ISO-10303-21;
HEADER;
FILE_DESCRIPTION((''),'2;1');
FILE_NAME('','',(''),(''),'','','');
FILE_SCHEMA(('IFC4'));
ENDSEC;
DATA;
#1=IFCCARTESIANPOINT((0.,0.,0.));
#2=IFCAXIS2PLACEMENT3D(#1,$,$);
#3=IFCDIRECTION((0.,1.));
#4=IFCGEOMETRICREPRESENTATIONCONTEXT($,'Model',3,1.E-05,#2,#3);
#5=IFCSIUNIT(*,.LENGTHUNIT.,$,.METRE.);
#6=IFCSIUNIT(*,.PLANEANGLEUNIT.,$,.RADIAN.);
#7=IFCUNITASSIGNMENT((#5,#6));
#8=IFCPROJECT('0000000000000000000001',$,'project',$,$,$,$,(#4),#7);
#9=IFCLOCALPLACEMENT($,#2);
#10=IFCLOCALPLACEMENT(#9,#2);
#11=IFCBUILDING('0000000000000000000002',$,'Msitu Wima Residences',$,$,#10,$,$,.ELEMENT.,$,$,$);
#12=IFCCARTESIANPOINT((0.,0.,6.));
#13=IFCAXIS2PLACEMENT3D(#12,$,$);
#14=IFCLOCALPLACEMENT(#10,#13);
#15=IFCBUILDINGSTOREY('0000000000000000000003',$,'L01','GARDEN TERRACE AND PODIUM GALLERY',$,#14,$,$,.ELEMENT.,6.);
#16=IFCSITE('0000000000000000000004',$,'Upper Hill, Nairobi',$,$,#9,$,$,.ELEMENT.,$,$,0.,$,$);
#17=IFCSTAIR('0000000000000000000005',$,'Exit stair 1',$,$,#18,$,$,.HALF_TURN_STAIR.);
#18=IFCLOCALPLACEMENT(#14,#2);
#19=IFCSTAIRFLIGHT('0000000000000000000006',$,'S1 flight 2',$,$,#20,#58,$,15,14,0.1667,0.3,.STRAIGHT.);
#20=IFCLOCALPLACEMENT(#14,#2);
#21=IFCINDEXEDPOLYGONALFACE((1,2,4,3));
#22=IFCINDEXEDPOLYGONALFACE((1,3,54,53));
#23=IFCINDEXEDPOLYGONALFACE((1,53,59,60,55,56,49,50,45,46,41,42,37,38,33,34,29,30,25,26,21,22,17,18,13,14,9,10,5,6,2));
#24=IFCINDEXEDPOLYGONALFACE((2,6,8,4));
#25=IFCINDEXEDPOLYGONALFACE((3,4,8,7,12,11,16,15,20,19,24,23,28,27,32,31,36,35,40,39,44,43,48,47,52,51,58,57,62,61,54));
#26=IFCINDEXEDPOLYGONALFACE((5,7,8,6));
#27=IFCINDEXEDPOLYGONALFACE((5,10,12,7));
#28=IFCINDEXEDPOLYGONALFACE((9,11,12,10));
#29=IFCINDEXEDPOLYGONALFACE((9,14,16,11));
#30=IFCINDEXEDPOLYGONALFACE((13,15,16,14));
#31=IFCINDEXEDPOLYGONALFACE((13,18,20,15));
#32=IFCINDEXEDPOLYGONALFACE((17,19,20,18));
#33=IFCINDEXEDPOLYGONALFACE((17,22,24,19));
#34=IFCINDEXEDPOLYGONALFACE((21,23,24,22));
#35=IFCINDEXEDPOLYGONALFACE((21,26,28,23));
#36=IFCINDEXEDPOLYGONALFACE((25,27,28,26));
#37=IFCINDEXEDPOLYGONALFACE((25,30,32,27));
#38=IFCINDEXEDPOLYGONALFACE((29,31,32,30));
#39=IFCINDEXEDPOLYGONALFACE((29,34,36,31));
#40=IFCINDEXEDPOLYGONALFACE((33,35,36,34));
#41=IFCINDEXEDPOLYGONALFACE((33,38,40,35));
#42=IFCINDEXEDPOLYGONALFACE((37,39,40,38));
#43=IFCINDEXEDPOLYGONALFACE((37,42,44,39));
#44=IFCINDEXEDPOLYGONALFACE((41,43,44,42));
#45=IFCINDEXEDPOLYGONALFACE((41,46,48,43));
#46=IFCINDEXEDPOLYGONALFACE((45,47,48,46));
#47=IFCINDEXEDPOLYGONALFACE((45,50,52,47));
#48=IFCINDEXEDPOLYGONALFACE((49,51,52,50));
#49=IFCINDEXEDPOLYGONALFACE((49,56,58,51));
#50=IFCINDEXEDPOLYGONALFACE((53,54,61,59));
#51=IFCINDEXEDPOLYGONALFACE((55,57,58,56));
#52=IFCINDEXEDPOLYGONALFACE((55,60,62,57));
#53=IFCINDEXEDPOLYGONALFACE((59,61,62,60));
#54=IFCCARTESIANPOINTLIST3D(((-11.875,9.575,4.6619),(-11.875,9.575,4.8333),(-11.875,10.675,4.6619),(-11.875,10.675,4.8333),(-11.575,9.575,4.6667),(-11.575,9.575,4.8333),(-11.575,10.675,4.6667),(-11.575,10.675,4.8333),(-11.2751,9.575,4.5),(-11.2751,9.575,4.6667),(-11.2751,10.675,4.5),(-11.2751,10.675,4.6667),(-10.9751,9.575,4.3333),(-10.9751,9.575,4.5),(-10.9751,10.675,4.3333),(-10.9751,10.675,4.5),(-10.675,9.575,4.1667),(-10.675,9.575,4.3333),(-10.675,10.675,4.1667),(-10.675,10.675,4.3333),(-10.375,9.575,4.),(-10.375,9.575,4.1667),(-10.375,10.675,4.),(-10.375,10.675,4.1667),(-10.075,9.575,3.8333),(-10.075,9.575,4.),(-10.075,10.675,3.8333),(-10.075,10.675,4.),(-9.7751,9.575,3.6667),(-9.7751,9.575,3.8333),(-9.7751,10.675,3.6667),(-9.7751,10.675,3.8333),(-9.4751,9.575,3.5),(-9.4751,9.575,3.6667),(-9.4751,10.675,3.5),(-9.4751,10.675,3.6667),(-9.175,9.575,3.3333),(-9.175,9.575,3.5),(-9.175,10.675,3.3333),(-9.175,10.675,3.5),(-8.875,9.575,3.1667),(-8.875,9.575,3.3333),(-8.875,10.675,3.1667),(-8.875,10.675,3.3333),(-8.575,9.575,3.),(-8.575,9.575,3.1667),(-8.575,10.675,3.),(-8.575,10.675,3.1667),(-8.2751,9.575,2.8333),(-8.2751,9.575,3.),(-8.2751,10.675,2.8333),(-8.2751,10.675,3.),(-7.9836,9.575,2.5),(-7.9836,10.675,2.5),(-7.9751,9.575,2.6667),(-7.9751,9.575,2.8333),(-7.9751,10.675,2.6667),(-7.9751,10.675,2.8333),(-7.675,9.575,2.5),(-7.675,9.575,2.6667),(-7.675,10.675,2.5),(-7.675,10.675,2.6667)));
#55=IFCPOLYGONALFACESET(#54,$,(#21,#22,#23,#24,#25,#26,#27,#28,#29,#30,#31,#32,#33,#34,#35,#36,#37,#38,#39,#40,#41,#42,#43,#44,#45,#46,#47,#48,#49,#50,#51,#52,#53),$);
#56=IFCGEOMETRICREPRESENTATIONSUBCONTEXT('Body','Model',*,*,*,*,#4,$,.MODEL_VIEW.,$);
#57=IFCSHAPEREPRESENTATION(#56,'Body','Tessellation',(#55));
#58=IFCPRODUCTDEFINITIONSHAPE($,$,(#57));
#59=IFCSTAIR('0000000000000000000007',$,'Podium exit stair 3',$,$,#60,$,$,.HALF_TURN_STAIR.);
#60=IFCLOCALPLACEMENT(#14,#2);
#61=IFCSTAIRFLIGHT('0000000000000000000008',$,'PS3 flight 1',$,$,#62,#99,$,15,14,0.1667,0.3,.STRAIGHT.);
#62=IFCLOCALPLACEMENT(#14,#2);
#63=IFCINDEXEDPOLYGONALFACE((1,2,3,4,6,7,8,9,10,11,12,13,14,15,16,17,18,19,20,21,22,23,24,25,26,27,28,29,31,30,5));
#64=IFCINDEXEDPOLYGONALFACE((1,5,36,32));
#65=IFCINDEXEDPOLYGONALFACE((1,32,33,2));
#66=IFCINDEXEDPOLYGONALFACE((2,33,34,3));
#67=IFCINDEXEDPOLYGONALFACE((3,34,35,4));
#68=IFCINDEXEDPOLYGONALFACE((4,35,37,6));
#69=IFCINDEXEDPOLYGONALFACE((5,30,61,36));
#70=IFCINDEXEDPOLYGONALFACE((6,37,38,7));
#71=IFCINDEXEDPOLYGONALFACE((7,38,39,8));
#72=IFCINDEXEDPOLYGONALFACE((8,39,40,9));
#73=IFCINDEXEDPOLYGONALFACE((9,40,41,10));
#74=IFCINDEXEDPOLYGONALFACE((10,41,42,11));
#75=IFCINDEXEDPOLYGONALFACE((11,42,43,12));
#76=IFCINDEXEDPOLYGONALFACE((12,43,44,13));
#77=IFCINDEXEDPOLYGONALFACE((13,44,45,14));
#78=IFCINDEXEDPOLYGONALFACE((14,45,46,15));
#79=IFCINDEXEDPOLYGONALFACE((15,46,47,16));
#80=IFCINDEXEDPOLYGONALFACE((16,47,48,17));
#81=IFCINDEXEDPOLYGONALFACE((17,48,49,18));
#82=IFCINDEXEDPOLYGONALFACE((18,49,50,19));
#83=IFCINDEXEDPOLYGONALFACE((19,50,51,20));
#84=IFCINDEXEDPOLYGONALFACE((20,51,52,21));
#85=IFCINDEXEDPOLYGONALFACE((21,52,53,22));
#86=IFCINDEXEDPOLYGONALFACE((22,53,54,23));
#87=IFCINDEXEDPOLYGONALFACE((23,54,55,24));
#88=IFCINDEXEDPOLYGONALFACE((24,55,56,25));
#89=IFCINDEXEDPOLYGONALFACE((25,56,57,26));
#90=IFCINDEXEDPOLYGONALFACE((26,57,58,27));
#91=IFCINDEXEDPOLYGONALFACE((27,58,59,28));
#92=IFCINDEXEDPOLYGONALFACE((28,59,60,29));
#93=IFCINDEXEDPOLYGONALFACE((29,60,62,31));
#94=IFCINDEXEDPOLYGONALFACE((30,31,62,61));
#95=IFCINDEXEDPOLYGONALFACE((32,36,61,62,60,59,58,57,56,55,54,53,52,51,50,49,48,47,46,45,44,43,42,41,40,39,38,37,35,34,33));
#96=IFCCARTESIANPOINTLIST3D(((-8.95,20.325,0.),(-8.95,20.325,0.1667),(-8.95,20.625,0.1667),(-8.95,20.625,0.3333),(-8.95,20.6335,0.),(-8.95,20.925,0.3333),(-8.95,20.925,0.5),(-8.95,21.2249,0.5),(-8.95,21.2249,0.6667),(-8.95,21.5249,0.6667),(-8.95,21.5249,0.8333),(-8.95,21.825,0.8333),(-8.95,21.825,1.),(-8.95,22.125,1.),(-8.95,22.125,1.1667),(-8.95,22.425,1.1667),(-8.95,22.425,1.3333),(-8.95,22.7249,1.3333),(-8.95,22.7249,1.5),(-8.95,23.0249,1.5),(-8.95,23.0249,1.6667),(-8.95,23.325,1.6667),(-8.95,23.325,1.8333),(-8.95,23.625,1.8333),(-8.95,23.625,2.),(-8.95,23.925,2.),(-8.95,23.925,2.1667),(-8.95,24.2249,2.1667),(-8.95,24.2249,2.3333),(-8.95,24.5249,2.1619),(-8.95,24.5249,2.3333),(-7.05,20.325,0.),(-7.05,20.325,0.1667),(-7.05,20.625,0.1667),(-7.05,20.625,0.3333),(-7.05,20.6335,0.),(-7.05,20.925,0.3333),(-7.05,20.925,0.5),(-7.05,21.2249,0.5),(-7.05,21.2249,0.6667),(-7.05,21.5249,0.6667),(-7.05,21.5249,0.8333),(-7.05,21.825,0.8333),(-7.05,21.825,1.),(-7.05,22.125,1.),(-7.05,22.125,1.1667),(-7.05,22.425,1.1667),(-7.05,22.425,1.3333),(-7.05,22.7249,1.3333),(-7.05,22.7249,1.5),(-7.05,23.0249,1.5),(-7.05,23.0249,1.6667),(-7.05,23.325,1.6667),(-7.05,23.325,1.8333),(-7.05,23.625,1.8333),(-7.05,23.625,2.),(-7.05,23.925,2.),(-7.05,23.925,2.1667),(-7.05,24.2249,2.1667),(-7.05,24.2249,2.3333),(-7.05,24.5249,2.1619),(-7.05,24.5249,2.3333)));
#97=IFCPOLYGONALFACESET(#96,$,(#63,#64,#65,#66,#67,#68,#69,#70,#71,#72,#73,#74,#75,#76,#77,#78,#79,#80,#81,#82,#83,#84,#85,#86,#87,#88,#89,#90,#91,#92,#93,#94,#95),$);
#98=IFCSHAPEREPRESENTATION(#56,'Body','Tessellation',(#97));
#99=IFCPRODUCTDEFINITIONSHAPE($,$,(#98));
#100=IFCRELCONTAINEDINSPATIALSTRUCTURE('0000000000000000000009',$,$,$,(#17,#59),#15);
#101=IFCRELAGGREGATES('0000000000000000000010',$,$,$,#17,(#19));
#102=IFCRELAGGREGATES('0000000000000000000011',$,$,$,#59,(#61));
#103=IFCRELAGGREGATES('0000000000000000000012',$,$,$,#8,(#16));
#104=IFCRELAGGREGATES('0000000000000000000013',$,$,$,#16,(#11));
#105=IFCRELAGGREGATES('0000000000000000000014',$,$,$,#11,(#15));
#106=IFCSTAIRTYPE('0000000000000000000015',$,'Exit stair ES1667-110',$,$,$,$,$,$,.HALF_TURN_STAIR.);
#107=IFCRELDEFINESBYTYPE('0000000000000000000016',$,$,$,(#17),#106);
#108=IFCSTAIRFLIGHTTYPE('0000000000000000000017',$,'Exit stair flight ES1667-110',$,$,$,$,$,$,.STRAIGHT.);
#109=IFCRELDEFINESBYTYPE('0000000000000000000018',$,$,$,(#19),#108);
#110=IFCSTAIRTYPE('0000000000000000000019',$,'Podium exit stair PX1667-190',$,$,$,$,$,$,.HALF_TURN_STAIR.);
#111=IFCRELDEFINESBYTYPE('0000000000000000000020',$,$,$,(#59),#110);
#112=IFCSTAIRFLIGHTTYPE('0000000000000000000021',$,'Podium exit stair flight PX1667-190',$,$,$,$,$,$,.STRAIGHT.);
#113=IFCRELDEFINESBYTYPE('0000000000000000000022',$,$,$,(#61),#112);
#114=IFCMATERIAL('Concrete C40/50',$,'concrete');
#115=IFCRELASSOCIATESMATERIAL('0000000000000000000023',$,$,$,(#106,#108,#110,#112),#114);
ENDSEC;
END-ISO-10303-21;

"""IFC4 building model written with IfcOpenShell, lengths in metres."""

from ifc_helpers import new_model, si_unit, direction, frame, origin, place, context, subcontext, project, spatial, polyline, outline, extrude, material, type_object, element, aggregate, save


model = new_model("IFC4")

# Units and contexts
model_context = context("Model", 3, precision=1e-05, world=origin(), true_north=direction((0.0, 1.0)))
body_context = subcontext(model_context, "Body", "Model", "MODEL_VIEW")
ifc_project = project(units=[si_unit("LENGTHUNIT", "METRE"), si_unit("PLANEANGLEUNIT", "RADIAN")], contexts=[model_context])

# Site, building, storey
site_placement = place(None, origin())
site = spatial("IfcSite", under=ifc_project, at=site_placement, Name="Upper Hill, Nairobi", CompositionType="ELEMENT", RefElevation=0.0)
building_placement = place(site_placement, origin())
building = spatial("IfcBuilding", under=site, at=building_placement, Name="Msitu Wima Residences", CompositionType="ELEMENT")
storey_placement = place(building_placement, frame((0.0, 0.0, 6.0)))
storey = spatial("IfcBuildingStorey", under=building, at=storey_placement, Name="L01", Description="GARDEN TERRACE AND PODIUM GALLERY", CompositionType="ELEMENT", Elevation=6.0)

# Shared definitions
ifc_material_1 = material(Name="Concrete C40/50", Category="concrete")

# Stairs, stair flights
stair_type_1 = type_object("IfcStairType", Name="Exit stair ES1667-110", PredefinedType="HALF_TURN_STAIR", material=ifc_material_1)
stair_1_placement = place(storey_placement, origin())
stair_1 = element("IfcStair", 1, at=stair_1_placement, inside=storey, type_object=stair_type_1, Name="Exit stair 1", PredefinedType="HALF_TURN_STAIR")
stair_flight_type_1 = type_object("IfcStairFlightType", Name="Exit stair flight ES1667-110", PredefinedType="STRAIGHT", material=ifc_material_1)
stair_flight_1_placement = place(storey_placement, frame((-7.675, 10.125, 2.5), z_axis=(0.0, 0.0, 1.0), x_axis=(-1.0, 0.0, 0.0)))
stair_flight_1 = element("IfcStairFlight", 2, at=stair_flight_1_placement, type_object=stair_flight_type_1, Name="S1 flight 2", NumberOfRisers=15, NumberOfTreads=14, PredefinedType="STRAIGHT", RiserHeight=0.1667, TreadLength=0.3, context=body_context, shape_type="SweptSolid", body=[
    extrude(outline(polyline([(0.0, 0.0), (0.0, 0.1667), (0.3, 0.1667), (0.3, 0.3333), (0.6001, 0.3333), (0.6001, 0.5), (0.8999, 0.5), (0.8999, 0.6667), (1.2, 0.6667), (1.2, 0.8333), (1.5, 0.8333), (1.5, 1.0), (1.8, 1.0), (1.8, 1.1667), (2.1001, 1.1667), (2.1001, 1.3333), (2.3999, 1.3333), (2.3999, 1.5), (2.7, 1.5), (2.7, 1.6667), (3.0, 1.6667), (3.0, 1.8333), (3.3, 1.8333), (3.3, 2.0), (3.6001, 2.0), (3.6001, 2.1667), (3.8999, 2.1667), (3.8999, 2.3333), (4.2, 2.3333), (4.2, 2.5), (4.2, 2.1619), (0.3086, 0.0), (0.0, 0.0)])), frame((0.0, 0.55, 0.0), z_axis=(0.0, -1.0, 0.0), x_axis=(1.0, 0.0, 0.0)), (0.0, 0.0, 1.0), 1.1001),
])
aggregate(stair_1, [stair_flight_1])
stair_type_2 = type_object("IfcStairType", Name="Podium exit stair PX1667-190", PredefinedType="HALF_TURN_STAIR", material=ifc_material_1)
stair_2_placement = place(storey_placement, origin())
stair_2 = element("IfcStair", 3, at=stair_2_placement, inside=storey, type_object=stair_type_2, Name="Podium exit stair 3", PredefinedType="HALF_TURN_STAIR")
stair_flight_type_2 = type_object("IfcStairFlightType", Name="Podium exit stair flight PX1667-190", PredefinedType="STRAIGHT", material=ifc_material_1)
stair_flight_2_placement = place(storey_placement, frame((-8.0, 20.325, 0.0), z_axis=(0.0, 0.0, 1.0), x_axis=(0.0, 1.0, 0.0)))
stair_flight_2 = element("IfcStairFlight", 4, at=stair_flight_2_placement, type_object=stair_flight_type_2, Name="PS3 flight 1", NumberOfRisers=15, NumberOfTreads=14, PredefinedType="STRAIGHT", RiserHeight=0.1667, TreadLength=0.3, context=body_context, shape_type="SweptSolid", body=[
    extrude(outline(polyline([(0.0, 0.0), (0.0, 0.1667), (0.3, 0.1667), (0.3, 0.3333), (0.6001, 0.3333), (0.6001, 0.5), (0.8999, 0.5), (0.8999, 0.6667), (1.2, 0.6667), (1.2, 0.8333), (1.5, 0.8333), (1.5, 1.0), (1.8, 1.0), (1.8, 1.1667), (2.1001, 1.1667), (2.1001, 1.3333), (2.3999, 1.3333), (2.3999, 1.5), (2.7, 1.5), (2.7, 1.6667), (3.0, 1.6667), (3.0, 1.8333), (3.3, 1.8333), (3.3, 2.0), (3.6001, 2.0), (3.6001, 2.1667), (3.8999, 2.1667), (3.8999, 2.3333), (4.2, 2.3333), (4.2, 2.5), (4.2, 2.1619), (0.3086, 0.0), (0.0, 0.0)])), frame((0.0, 0.95, 0.0), z_axis=(0.0, -1.0, 0.0), x_axis=(1.0, 0.0, 0.0)), (0.0, 0.0, 1.0), 1.8999),
])
aggregate(stair_2, [stair_flight_2])

save(model, "model.ifc")
